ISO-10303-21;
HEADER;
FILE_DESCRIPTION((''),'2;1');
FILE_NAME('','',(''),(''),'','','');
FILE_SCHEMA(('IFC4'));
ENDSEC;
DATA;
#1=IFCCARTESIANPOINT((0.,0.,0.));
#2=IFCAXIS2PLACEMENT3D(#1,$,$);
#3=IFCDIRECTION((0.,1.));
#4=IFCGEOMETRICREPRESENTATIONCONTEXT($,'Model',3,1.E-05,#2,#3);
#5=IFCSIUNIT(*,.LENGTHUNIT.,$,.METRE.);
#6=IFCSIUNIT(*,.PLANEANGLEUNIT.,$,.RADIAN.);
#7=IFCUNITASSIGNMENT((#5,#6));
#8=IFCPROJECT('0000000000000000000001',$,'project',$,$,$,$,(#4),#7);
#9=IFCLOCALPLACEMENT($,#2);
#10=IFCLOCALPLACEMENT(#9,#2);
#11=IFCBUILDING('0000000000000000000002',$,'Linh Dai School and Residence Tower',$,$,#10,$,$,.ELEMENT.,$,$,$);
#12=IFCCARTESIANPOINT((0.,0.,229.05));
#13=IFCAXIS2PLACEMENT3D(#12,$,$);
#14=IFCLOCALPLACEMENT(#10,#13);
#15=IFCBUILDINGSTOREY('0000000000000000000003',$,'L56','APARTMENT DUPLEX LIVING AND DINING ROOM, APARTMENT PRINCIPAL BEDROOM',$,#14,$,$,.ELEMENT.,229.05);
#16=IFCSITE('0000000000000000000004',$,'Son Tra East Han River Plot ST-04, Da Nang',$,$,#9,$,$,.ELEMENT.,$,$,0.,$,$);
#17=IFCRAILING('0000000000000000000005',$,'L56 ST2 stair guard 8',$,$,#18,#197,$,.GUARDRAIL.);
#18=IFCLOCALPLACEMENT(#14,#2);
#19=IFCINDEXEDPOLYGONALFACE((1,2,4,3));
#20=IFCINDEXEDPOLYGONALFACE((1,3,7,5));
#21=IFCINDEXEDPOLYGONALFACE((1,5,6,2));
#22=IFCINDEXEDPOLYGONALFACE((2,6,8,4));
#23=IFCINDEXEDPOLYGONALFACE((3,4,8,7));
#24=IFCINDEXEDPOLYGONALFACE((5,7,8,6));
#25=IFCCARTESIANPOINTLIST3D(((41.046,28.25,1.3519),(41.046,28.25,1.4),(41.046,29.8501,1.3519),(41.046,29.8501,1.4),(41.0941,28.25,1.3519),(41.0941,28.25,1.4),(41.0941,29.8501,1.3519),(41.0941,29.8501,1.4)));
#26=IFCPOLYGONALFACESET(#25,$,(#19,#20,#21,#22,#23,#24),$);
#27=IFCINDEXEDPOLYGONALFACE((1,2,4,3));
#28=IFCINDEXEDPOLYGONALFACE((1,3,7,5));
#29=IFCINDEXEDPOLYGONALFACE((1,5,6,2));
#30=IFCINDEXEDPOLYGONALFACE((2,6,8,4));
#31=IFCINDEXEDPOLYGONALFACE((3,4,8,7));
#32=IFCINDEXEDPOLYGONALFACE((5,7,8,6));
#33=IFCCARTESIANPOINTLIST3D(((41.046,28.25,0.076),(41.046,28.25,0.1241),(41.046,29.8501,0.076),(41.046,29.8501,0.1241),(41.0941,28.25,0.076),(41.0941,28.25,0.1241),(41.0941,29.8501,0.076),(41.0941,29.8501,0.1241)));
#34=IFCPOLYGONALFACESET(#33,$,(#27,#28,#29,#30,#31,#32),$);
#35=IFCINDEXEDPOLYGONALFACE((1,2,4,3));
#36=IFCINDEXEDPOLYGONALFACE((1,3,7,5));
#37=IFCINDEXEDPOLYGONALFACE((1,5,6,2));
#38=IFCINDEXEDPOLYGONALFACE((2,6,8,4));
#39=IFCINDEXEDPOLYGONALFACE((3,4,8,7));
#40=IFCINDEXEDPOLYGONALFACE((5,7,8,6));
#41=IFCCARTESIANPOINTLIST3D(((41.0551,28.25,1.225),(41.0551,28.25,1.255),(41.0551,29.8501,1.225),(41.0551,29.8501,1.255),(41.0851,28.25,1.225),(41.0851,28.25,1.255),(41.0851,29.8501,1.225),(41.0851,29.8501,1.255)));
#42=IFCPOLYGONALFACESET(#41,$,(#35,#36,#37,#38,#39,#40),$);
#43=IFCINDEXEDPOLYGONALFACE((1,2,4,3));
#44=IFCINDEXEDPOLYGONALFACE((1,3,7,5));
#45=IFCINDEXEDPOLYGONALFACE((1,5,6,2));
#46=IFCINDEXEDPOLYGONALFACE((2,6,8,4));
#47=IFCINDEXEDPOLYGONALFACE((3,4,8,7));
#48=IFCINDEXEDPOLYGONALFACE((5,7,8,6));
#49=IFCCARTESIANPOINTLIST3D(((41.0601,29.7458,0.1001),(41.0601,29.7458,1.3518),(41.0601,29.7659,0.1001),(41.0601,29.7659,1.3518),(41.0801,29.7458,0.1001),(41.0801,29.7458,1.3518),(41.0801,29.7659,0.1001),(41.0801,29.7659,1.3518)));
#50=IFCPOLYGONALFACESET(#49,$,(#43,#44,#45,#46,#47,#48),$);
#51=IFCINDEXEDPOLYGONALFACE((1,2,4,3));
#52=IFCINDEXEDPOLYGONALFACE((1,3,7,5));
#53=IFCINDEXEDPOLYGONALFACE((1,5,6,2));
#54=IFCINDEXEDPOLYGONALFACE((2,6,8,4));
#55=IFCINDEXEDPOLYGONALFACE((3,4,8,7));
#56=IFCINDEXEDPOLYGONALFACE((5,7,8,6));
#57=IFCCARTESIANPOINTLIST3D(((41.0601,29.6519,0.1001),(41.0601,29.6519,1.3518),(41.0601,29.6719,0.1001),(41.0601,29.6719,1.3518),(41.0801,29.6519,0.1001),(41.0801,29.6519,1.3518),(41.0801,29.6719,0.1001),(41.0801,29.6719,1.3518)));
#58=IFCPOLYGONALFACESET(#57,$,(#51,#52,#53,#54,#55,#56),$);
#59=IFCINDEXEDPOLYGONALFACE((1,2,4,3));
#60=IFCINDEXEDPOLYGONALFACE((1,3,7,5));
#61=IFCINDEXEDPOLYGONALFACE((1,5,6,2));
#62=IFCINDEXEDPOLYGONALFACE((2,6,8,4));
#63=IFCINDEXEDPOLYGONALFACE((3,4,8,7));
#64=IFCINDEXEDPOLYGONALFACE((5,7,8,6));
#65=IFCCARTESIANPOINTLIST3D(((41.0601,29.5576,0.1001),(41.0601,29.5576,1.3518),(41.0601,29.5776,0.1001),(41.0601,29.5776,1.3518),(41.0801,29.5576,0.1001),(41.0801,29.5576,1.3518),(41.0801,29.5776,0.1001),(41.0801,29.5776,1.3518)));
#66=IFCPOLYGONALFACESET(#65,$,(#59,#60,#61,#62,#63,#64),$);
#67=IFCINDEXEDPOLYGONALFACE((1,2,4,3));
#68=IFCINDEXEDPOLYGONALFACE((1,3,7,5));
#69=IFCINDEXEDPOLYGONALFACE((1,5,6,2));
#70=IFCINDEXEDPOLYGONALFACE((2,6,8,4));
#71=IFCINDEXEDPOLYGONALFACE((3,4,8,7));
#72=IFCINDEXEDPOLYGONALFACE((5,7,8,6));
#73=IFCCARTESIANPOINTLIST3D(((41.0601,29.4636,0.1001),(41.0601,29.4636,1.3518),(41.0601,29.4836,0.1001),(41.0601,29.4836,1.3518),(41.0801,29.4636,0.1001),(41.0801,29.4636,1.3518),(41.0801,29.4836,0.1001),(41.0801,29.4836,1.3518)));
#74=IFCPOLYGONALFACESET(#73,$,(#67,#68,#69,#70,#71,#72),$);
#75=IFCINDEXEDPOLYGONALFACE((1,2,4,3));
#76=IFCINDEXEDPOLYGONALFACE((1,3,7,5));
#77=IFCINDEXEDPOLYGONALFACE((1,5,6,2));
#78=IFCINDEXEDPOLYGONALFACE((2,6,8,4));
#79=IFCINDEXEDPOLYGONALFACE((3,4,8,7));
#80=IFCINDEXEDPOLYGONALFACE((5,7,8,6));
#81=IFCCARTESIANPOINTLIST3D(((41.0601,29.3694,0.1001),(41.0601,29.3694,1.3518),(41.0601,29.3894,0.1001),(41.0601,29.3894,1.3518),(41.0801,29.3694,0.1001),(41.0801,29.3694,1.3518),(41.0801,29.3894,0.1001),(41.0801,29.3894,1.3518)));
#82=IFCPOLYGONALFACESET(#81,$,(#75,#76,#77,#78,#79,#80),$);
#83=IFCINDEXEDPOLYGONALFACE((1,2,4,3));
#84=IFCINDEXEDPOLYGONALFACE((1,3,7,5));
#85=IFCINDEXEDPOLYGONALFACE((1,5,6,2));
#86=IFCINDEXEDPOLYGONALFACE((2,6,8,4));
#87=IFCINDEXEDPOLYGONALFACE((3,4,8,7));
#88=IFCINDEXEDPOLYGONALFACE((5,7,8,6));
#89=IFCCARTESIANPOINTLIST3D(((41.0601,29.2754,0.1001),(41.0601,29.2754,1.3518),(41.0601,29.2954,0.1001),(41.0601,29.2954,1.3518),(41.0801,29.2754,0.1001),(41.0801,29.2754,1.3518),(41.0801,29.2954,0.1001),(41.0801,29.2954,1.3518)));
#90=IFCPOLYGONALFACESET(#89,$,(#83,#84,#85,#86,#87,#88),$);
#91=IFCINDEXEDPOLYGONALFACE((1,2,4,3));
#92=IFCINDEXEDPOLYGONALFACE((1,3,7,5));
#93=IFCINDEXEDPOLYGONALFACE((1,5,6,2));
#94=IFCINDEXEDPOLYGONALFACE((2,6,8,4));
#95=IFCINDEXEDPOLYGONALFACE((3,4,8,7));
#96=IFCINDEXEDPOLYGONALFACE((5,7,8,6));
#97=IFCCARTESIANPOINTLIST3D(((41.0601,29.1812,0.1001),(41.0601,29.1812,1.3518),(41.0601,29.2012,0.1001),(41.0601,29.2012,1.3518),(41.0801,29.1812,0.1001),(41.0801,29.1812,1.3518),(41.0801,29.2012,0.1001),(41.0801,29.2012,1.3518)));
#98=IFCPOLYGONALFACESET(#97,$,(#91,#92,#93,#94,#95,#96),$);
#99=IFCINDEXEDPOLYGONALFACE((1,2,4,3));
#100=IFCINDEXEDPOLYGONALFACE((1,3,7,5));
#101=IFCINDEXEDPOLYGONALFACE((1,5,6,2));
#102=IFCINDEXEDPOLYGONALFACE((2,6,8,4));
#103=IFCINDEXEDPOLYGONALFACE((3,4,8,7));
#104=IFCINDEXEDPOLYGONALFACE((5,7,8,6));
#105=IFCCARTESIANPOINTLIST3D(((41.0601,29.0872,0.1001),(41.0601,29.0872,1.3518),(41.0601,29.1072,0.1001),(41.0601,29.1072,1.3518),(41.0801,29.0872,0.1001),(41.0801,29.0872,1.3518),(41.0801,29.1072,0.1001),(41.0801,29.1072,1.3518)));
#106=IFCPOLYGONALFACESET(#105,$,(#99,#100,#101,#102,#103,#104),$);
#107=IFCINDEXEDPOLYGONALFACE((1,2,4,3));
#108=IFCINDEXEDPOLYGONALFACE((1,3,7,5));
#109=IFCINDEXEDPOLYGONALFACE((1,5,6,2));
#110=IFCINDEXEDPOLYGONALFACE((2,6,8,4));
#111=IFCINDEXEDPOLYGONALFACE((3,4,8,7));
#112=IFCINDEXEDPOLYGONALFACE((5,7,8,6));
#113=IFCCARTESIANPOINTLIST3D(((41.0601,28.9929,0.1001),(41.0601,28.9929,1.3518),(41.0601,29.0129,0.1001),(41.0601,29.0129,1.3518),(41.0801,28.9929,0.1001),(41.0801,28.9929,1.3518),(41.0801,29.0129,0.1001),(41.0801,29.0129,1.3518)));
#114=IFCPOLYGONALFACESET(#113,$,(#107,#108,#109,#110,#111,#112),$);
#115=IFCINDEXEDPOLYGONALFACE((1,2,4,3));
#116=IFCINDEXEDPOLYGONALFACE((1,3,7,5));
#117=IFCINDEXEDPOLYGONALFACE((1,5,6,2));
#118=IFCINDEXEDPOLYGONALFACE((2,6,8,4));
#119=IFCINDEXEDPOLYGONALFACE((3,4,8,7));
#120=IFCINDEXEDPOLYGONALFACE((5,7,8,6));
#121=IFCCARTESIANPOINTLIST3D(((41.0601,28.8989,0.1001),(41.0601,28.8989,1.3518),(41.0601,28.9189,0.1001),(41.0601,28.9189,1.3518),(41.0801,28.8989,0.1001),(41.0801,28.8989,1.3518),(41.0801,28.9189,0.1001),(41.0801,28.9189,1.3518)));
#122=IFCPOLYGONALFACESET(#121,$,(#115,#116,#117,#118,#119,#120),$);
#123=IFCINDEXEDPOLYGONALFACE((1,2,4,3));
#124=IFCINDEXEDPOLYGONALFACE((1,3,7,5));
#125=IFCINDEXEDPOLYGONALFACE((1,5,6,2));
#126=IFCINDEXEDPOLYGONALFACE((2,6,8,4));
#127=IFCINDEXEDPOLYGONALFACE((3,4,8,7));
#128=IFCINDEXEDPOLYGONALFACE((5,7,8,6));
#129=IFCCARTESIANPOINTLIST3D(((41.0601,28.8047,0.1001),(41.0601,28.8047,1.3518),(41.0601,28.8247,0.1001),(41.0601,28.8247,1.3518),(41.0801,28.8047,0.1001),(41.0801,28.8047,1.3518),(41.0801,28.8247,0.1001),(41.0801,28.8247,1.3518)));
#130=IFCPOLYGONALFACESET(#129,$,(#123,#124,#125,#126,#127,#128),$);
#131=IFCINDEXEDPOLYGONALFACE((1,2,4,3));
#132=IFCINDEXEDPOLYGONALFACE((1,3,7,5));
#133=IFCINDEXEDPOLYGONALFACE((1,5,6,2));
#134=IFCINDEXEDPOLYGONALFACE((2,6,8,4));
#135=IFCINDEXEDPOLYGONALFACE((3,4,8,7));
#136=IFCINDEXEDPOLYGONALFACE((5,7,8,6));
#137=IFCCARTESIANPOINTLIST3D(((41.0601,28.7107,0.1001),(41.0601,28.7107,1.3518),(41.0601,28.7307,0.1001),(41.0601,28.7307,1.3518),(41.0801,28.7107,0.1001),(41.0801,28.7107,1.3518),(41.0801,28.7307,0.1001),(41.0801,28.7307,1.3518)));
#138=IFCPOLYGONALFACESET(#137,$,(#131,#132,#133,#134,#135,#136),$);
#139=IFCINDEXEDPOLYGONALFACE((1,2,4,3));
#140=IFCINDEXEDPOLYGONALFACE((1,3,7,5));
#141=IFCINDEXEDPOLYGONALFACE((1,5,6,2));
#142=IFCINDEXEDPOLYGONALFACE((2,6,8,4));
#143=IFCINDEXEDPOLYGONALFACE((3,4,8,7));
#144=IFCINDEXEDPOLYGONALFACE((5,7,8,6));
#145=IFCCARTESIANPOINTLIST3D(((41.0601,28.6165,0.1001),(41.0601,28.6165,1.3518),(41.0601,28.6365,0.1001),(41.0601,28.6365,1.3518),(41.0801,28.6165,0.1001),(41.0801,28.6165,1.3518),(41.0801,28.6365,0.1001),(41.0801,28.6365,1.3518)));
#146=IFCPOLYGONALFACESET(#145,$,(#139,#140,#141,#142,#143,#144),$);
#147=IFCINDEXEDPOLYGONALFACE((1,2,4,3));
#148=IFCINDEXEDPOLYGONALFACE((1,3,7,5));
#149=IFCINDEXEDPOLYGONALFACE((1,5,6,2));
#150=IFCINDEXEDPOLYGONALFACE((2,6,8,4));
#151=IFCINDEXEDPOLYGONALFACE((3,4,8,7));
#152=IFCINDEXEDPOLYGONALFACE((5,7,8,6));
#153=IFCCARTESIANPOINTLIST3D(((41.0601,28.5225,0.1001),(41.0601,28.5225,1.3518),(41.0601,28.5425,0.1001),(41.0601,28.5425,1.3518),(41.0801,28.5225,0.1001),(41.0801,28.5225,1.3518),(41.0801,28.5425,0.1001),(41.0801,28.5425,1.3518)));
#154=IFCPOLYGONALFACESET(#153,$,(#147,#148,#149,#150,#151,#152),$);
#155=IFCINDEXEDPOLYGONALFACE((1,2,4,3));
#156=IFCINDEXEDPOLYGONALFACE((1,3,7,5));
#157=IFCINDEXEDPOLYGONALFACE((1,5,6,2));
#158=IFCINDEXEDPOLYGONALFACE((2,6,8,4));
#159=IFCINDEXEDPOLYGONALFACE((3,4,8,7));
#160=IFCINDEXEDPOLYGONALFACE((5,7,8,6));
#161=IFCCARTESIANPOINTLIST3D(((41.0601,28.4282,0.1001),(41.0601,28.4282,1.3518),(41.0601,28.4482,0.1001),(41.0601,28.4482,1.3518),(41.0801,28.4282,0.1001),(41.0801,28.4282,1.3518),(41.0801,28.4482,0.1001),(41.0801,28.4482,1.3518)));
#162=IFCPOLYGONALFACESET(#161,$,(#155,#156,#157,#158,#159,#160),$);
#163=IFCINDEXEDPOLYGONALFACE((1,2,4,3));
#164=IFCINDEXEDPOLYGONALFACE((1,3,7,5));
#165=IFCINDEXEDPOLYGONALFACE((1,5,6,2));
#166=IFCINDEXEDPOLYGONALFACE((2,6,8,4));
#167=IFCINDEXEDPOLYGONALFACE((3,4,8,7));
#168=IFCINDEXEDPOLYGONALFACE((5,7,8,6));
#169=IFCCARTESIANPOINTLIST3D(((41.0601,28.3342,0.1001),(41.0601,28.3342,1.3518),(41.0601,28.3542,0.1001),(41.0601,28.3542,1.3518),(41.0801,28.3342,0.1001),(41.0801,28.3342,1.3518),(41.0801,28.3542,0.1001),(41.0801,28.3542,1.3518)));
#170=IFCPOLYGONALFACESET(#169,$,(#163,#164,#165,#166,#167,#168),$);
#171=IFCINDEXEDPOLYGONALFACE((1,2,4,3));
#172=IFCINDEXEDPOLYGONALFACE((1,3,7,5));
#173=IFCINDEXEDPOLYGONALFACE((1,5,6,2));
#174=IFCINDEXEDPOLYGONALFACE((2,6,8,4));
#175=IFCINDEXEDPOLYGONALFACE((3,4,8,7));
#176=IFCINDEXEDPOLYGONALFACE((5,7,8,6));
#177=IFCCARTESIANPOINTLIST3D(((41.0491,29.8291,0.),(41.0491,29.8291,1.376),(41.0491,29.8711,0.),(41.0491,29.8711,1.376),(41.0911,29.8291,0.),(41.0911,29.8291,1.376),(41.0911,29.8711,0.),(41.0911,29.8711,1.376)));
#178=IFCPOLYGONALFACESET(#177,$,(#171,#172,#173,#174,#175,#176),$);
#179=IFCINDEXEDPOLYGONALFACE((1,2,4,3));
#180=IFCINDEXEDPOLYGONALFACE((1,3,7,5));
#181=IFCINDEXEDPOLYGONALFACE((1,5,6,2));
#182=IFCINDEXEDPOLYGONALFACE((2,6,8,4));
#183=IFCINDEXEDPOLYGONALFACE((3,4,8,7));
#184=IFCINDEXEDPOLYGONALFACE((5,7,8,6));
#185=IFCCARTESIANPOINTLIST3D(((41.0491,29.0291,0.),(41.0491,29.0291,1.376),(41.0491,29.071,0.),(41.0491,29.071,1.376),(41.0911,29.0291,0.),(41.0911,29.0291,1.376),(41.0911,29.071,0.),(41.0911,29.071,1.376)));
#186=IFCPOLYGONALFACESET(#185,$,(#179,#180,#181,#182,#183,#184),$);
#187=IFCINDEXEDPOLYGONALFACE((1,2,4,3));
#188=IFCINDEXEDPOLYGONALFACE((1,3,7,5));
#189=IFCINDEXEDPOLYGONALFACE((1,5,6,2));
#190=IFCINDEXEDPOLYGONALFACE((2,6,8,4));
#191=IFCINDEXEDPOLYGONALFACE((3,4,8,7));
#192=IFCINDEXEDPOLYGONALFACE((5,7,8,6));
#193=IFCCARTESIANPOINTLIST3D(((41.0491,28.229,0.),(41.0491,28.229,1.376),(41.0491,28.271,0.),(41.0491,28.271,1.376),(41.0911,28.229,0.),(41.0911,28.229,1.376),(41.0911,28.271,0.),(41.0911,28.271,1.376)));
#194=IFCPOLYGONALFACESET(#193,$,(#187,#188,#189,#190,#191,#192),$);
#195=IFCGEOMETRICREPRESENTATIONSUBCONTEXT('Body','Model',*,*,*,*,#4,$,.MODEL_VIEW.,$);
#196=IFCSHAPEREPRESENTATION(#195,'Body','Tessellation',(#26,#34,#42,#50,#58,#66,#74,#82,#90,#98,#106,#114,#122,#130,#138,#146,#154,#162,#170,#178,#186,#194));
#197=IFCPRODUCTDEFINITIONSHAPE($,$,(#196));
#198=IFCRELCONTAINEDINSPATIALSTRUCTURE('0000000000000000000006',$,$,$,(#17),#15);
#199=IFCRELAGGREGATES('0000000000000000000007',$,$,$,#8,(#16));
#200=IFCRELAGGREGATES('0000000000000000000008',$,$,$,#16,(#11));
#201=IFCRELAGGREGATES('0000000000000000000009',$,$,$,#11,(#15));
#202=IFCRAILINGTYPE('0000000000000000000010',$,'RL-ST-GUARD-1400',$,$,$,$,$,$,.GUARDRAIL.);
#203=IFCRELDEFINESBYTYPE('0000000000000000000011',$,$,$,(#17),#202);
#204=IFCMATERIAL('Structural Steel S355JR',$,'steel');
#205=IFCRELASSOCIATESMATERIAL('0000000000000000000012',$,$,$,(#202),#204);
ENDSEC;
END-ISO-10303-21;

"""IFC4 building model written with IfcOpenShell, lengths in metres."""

from ifc_helpers import new_model, si_unit, direction, frame, origin, origin_2d, place, context, subcontext, project, spatial, rectangle, extrude, source, transform, mapped, material, type_object, element, save


model = new_model("IFC4")

# Units and contexts
model_context = context("Model", 3, precision=1e-05, world=origin(), true_north=direction((0.0, 1.0)))
body_context = subcontext(model_context, "Body", "Model", "MODEL_VIEW")
ifc_project = project(units=[si_unit("LENGTHUNIT", "METRE"), si_unit("PLANEANGLEUNIT", "RADIAN")], contexts=[model_context])

# Site, building, storey
site_placement = place(None, origin())
site = spatial("IfcSite", under=ifc_project, at=site_placement, Name="Son Tra East Han River Plot ST-04, Da Nang", CompositionType="ELEMENT", RefElevation=0.0)
building_placement = place(site_placement, origin())
building = spatial("IfcBuilding", under=site, at=building_placement, Name="Linh Dai School and Residence Tower", CompositionType="ELEMENT")
storey_placement = place(building_placement, frame((0.0, 0.0, 229.05)))
storey = spatial("IfcBuildingStorey", under=building, at=storey_placement, Name="L56", Description="APARTMENT DUPLEX LIVING AND DINING ROOM, APARTMENT PRINCIPAL BEDROOM", CompositionType="ELEMENT", Elevation=229.05)

# Shared definitions
ifc_material_1 = material(Name="Structural Steel S355JR", Category="steel")

# Railing
railing_type_1 = type_object("IfcRailingType", Name="RL-ST-GUARD-1400", PredefinedType="GUARDRAIL", material=ifc_material_1)
shared_shape_1 = source(origin(), body_context, "Body", "SweptSolid", [
    extrude(rectangle(XDim=0.0481, YDim=0.0481, at=origin_2d()), frame((0.0, 0.0, 1.376), z_axis=(0.0, -1.0, 0.0), x_axis=(1.0, 0.0, 0.0)), (0.0, 0.0, 1.0), 1.6001),
    extrude(rectangle(XDim=0.0481, YDim=0.0481, at=origin_2d()), frame((0.0, 0.0, 0.1001), z_axis=(0.0, -1.0, 0.0), x_axis=(1.0, 0.0, 0.0)), (0.0, 0.0, 1.0), 1.6001),
    extrude(rectangle(XDim=0.03, YDim=0.03, at=origin_2d()), frame((0.0, 0.0, 1.24), z_axis=(0.0, -1.0, 0.0), x_axis=(1.0, 0.0, 0.0)), (0.0, 0.0, 1.0), 1.6001),
    extrude(rectangle(XDim=0.02, YDim=0.02, at=origin_2d()), frame((0.0, -0.0942, 0.1001)), (0.0, 0.0, 1.0), 1.2517),
    extrude(rectangle(XDim=0.02, YDim=0.02, at=origin_2d()), frame((0.0, -0.1882, 0.1001)), (0.0, 0.0, 1.0), 1.2517),
    extrude(rectangle(XDim=0.02, YDim=0.02, at=origin_2d()), frame((0.0, -0.2825, 0.1001)), (0.0, 0.0, 1.0), 1.2517),
    extrude(rectangle(XDim=0.02, YDim=0.02, at=origin_2d()), frame((0.0, -0.3765, 0.1001)), (0.0, 0.0, 1.0), 1.2517),
    extrude(rectangle(XDim=0.02, YDim=0.02, at=origin_2d()), frame((0.0, -0.4707, 0.1001)), (0.0, 0.0, 1.0), 1.2517),
    extrude(rectangle(XDim=0.02, YDim=0.02, at=origin_2d()), frame((0.0, -0.5647, 0.1001)), (0.0, 0.0, 1.0), 1.2517),
    extrude(rectangle(XDim=0.02, YDim=0.02, at=origin_2d()), frame((0.0, -0.6589, 0.1001)), (0.0, 0.0, 1.0), 1.2517),
    extrude(rectangle(XDim=0.02, YDim=0.02, at=origin_2d()), frame((0.0, -0.7529, 0.1001)), (0.0, 0.0, 1.0), 1.2517),
    extrude(rectangle(XDim=0.02, YDim=0.02, at=origin_2d()), frame((0.0, -0.8472, 0.1001)), (0.0, 0.0, 1.0), 1.2517),
    extrude(rectangle(XDim=0.02, YDim=0.02, at=origin_2d()), frame((0.0, -0.9412, 0.1001)), (0.0, 0.0, 1.0), 1.2517),
    extrude(rectangle(XDim=0.02, YDim=0.02, at=origin_2d()), frame((0.0, -1.0354, 0.1001)), (0.0, 0.0, 1.0), 1.2517),
    extrude(rectangle(XDim=0.02, YDim=0.02, at=origin_2d()), frame((0.0, -1.1294, 0.1001)), (0.0, 0.0, 1.0), 1.2517),
    extrude(rectangle(XDim=0.02, YDim=0.02, at=origin_2d()), frame((0.0, -1.2236, 0.1001)), (0.0, 0.0, 1.0), 1.2517),
    extrude(rectangle(XDim=0.02, YDim=0.02, at=origin_2d()), frame((0.0, -1.3176, 0.1001)), (0.0, 0.0, 1.0), 1.2517),
    extrude(rectangle(XDim=0.02, YDim=0.02, at=origin_2d()), frame((0.0, -1.4119, 0.1001)), (0.0, 0.0, 1.0), 1.2517),
    extrude(rectangle(XDim=0.02, YDim=0.02, at=origin_2d()), frame((0.0, -1.5059, 0.1001)), (0.0, 0.0, 1.0), 1.2517),
    extrude(rectangle(XDim=0.042, YDim=0.042, at=origin_2d()), origin(), (0.0, 0.0, 1.0), 1.376),
    extrude(rectangle(XDim=0.042, YDim=0.042, at=origin_2d()), frame((0.0, -0.8, 0.0)), (0.0, 0.0, 1.0), 1.376),
    extrude(rectangle(XDim=0.042, YDim=0.042, at=origin_2d()), frame((0.0, -1.6001, 0.0)), (0.0, 0.0, 1.0), 1.376),
])
for number, where, name in (
    (1, (41.0701, 29.8501, 0.0), "L56 ST2 stair guard 8"),
):
    element("IfcRailing", number, at=place(storey_placement, frame(where)), inside=storey, type_object=railing_type_1, Name=name, PredefinedType="GUARDRAIL", context=body_context, shape_type="MappedRepresentation", body=[
        mapped(shared_shape_1, transform((0.0, 0.0, 0.0), x_axis=(1.0, 0.0, 0.0), y_axis=(0.0, 1.0, 0.0), z_axis=(0.0, 0.0, 1.0), scale=1.0)),
    ])

save(model, "model.ifc")
